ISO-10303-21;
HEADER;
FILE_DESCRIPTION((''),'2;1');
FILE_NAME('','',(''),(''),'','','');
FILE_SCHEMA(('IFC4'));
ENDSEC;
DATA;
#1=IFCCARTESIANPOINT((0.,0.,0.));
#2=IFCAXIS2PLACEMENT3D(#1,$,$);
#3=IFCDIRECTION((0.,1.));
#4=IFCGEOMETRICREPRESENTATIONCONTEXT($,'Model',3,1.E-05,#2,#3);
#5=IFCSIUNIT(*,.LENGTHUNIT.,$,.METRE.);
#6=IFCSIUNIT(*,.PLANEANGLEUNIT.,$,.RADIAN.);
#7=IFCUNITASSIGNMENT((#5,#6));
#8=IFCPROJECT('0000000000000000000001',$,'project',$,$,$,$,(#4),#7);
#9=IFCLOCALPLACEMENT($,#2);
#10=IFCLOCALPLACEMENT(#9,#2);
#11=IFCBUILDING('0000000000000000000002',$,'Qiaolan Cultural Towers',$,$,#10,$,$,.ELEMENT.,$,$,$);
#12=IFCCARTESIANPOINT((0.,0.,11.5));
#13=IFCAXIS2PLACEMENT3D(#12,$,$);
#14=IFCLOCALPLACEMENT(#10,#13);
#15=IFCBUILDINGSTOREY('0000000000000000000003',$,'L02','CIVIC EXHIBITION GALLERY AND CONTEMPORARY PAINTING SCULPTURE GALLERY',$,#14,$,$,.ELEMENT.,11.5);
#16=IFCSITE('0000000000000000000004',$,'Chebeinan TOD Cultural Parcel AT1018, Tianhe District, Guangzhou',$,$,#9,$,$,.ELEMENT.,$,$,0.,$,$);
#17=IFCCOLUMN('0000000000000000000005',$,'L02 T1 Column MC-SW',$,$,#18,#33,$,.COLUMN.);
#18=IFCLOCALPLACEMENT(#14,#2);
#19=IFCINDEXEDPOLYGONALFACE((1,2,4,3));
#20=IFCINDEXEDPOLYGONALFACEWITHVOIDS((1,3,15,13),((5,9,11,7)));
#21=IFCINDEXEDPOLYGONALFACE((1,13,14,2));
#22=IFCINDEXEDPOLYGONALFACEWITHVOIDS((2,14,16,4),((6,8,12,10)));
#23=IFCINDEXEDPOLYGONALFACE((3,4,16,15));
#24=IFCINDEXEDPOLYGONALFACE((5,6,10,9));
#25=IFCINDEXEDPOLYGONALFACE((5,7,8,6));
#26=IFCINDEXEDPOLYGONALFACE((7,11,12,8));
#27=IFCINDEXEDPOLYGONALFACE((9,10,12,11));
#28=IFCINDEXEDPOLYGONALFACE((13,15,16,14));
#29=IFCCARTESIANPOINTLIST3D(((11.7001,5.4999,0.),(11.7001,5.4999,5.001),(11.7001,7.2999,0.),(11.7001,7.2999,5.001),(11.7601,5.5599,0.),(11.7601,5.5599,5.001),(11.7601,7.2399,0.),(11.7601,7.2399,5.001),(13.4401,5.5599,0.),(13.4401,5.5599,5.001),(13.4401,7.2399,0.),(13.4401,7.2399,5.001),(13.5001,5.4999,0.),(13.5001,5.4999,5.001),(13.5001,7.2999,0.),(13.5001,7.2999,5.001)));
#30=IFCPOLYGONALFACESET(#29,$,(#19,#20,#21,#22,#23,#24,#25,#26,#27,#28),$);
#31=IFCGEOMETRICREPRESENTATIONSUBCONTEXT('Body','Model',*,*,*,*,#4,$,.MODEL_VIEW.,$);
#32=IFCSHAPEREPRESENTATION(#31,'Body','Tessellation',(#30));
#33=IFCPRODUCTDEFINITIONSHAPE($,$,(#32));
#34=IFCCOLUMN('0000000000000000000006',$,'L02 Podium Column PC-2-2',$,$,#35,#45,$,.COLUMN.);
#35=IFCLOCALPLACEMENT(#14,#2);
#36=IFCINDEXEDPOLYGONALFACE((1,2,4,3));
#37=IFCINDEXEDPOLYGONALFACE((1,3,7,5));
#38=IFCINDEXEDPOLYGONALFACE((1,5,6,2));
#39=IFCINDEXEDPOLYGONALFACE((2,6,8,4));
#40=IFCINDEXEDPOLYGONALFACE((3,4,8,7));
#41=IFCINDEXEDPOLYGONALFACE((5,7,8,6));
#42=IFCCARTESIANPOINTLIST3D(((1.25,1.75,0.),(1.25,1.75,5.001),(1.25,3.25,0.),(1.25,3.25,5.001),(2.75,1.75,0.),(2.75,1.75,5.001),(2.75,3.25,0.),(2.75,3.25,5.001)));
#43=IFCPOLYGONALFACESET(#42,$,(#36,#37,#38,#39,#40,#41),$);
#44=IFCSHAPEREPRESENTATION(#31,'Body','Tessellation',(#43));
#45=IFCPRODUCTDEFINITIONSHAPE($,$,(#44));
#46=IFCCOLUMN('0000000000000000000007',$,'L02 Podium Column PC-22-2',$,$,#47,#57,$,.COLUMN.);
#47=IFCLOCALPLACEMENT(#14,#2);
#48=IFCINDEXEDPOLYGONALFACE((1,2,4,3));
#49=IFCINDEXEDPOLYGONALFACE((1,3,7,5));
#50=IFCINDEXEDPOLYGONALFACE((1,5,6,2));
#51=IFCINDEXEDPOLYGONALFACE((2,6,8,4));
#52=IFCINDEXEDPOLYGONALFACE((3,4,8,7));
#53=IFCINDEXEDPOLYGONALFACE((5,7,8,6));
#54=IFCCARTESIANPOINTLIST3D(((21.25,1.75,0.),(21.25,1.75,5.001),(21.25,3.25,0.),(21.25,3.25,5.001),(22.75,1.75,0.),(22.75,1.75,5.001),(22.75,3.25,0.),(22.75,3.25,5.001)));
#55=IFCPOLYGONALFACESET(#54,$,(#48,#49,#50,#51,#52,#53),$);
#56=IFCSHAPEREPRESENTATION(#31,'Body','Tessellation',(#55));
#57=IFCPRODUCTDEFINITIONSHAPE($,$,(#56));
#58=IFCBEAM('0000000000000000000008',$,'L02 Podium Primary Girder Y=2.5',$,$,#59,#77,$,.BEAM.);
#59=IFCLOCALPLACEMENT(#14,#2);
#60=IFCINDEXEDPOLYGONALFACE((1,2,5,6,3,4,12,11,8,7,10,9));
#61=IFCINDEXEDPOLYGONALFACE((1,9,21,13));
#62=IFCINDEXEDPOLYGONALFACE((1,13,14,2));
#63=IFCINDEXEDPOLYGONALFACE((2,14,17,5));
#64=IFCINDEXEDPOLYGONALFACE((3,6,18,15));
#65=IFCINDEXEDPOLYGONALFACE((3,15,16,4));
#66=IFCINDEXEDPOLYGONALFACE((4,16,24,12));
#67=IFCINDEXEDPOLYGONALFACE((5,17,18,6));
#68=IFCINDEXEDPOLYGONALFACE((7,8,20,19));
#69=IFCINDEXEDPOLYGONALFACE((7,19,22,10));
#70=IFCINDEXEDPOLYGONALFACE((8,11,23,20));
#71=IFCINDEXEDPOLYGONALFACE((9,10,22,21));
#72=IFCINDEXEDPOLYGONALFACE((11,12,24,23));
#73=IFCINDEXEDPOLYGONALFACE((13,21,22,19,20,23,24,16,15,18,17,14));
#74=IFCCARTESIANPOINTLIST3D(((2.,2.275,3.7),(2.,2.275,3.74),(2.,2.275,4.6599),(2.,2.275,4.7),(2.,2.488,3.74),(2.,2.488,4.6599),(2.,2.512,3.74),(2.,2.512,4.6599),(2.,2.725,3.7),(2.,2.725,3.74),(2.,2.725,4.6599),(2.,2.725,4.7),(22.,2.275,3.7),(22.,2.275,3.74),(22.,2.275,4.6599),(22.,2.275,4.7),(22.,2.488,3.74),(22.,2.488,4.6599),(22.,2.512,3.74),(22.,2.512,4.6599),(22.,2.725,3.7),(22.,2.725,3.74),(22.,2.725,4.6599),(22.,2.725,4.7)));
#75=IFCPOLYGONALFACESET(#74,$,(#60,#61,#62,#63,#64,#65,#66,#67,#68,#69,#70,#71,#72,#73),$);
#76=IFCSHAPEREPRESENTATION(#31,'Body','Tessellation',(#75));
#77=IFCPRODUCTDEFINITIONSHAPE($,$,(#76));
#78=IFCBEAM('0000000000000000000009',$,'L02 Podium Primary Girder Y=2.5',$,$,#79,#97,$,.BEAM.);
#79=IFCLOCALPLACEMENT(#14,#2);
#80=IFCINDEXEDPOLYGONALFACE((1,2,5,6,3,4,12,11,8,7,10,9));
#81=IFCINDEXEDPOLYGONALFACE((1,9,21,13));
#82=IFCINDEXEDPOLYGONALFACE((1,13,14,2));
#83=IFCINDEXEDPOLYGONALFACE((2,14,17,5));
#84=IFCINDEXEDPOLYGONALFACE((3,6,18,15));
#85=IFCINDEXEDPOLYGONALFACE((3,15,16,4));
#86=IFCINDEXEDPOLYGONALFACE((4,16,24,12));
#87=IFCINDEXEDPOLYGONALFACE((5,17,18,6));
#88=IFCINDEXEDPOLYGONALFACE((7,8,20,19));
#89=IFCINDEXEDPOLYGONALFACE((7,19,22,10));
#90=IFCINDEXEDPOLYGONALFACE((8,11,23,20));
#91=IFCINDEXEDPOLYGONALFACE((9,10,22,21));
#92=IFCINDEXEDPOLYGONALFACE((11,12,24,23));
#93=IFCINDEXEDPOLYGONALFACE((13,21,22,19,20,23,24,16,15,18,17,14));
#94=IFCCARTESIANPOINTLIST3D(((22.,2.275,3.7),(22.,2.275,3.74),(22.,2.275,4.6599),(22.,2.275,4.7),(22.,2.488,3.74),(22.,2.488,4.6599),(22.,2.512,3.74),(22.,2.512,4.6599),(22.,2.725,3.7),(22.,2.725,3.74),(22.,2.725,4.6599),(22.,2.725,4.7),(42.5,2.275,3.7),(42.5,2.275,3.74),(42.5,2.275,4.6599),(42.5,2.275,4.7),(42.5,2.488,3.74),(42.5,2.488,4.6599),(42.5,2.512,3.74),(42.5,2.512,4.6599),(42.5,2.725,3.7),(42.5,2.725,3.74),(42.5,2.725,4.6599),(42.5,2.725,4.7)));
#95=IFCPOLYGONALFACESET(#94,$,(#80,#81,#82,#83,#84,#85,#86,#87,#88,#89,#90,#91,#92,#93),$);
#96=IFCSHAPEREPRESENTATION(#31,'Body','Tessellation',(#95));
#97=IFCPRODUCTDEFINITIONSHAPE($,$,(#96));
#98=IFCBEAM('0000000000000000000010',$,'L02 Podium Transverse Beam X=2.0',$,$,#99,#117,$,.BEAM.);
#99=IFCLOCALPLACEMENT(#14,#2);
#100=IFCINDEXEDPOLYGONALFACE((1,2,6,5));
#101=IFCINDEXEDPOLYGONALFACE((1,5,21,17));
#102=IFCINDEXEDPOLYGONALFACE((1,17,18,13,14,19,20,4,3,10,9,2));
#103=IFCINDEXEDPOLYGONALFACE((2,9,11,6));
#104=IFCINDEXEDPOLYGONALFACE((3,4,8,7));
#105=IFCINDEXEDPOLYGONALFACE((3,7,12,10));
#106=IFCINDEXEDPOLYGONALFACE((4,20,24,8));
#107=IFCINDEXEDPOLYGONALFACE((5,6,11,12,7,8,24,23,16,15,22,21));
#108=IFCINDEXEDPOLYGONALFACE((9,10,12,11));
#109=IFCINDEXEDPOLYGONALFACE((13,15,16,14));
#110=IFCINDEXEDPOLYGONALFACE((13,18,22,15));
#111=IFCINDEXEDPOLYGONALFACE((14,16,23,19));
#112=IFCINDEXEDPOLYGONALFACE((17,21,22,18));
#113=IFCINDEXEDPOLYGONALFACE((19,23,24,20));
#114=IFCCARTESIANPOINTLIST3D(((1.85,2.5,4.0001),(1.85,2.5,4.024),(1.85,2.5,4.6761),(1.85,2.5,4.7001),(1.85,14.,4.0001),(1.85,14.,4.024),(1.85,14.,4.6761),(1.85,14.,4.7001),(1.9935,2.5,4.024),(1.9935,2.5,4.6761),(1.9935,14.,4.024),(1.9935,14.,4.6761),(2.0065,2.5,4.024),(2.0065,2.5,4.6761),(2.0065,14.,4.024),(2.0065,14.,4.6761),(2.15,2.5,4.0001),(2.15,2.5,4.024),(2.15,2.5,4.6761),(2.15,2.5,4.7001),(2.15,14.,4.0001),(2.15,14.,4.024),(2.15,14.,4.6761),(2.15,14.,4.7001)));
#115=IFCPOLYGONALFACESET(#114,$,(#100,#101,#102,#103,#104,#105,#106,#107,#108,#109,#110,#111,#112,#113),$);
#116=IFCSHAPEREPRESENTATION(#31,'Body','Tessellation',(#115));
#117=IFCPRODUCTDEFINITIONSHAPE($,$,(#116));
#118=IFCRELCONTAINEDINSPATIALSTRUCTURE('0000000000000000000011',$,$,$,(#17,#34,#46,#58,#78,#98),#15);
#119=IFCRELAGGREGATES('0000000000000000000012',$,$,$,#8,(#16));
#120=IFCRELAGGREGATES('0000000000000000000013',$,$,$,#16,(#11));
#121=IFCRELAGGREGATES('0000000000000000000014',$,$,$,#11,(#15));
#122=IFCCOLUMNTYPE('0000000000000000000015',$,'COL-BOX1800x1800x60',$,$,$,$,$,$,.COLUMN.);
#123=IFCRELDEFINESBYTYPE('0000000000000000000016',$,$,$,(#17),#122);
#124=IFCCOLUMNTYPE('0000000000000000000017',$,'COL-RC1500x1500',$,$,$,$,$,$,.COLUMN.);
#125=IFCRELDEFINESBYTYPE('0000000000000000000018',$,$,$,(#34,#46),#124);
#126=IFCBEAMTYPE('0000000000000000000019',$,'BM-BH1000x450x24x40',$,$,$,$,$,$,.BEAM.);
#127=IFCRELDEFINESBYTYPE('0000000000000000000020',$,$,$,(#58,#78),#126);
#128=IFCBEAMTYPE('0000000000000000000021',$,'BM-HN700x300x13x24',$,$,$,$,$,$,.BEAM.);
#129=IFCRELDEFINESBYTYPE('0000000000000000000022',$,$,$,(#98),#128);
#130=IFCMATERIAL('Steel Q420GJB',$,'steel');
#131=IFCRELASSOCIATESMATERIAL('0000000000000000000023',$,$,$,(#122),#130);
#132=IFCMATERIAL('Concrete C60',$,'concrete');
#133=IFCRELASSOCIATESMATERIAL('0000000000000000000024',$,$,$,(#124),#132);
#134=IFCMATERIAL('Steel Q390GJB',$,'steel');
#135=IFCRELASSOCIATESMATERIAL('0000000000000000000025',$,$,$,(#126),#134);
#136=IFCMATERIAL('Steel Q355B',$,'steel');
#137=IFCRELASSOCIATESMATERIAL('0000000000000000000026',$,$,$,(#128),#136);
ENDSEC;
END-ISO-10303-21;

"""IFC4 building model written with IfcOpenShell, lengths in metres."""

from ifc_helpers import new_model, si_unit, direction, frame, origin, origin_2d, place, context, subcontext, project, spatial, rectangle, hollow_rectangle, i_section, extrude, material, material_profile, profile_set, type_object, element, save


model = new_model("IFC4")

# Units and contexts
model_context = context("Model", 3, precision=1e-05, world=origin(), true_north=direction((0.0, 1.0)))
body_context = subcontext(model_context, "Body", "Model", "MODEL_VIEW")
ifc_project = project(units=[si_unit("LENGTHUNIT", "METRE"), si_unit("PLANEANGLEUNIT", "RADIAN")], contexts=[model_context])

# Site, building, storey
site_placement = place(None, origin())
site = spatial("IfcSite", under=ifc_project, at=site_placement, Name="Chebeinan TOD Cultural Parcel AT1018, Tianhe District, Guangzhou", CompositionType="ELEMENT", RefElevation=0.0)
building_placement = place(site_placement, origin())
building = spatial("IfcBuilding", under=site, at=building_placement, Name="Qiaolan Cultural Towers", CompositionType="ELEMENT")
storey_placement = place(building_placement, frame((0.0, 0.0, 11.5)))
storey = spatial("IfcBuildingStorey", under=building, at=storey_placement, Name="L02", Description="CIVIC EXHIBITION GALLERY AND CONTEMPORARY PAINTING SCULPTURE GALLERY", CompositionType="ELEMENT", Elevation=11.5)

# Columns
ifc_material_1 = material(Name="Steel Q420GJB", Category="steel")
ifc_material_profile_1 = material_profile(ifc_material_1, hollow_rectangle(XDim=1.8, YDim=1.8, WallThickness=0.0601, at=origin_2d()), Name="BOX1800x1800x60")
ifc_profile_set_1 = profile_set([ifc_material_profile_1], Name="Steel Q420GJB")
column_type_1 = type_object("IfcColumnType", Name="COL-BOX1800x1800x60", PredefinedType="COLUMN", material=ifc_profile_set_1)
column_placement = place(storey_placement, frame((12.6001, 6.3999, 0.0), z_axis=(0.0, 0.0, 1.0), x_axis=(1.0, 0.0, 0.0)))
element("IfcColumn", 1, at=column_placement, inside=storey, type_object=column_type_1, Name="L02 T1 Column MC-SW", PredefinedType="COLUMN", context=body_context, shape_type="SweptSolid", body=[
    extrude(hollow_rectangle(XDim=1.8, YDim=1.8, WallThickness=0.0601, at=origin_2d()), origin(), (0.0, 0.0, 1.0), 5.001),
])
ifc_material_2 = material(Name="Concrete C60", Category="concrete")
ifc_material_profile_2 = material_profile(ifc_material_2, rectangle(XDim=1.5, YDim=1.5, at=origin_2d()), Name="RC1500x1500")
ifc_profile_set_2 = profile_set([ifc_material_profile_2], Name="Concrete C60")
column_type_2 = type_object("IfcColumnType", Name="COL-RC1500x1500", PredefinedType="COLUMN", material=ifc_profile_set_2)
for number, where, z_axis, x_axis, name in (
    (2, (2.0, 2.5, 0.0), (0.0, 0.0, 1.0), (1.0, 0.0, 0.0), "L02 Podium Column PC-2-2"),
    (3, (22.0, 2.5, 0.0), (0.0, 0.0, 1.0), (1.0, 0.0, 0.0), "L02 Podium Column PC-22-2"),
):
    element("IfcColumn", number, at=place(storey_placement, frame(where, z_axis=z_axis, x_axis=x_axis)), inside=storey, type_object=column_type_2, Name=name, PredefinedType="COLUMN", context=body_context, shape_type="SweptSolid", body=[
        extrude(rectangle(XDim=1.5, YDim=1.5, at=origin_2d()), origin(), (0.0, 0.0, 1.0), 5.001),
    ])

# Beams
ifc_material_3 = material(Name="Steel Q390GJB", Category="steel")
ifc_material_profile_3 = material_profile(ifc_material_3, i_section(OverallWidth=0.45, OverallDepth=1.0, WebThickness=0.0239, FlangeThickness=0.04, at=origin_2d()), Name="BH1000x450x24x40")
ifc_profile_set_3 = profile_set([ifc_material_profile_3], Name="Steel Q390GJB")
beam_type_1 = type_object("IfcBeamType", Name="BM-BH1000x450x24x40", PredefinedType="BEAM", material=ifc_profile_set_3)
beam_1_placement = place(storey_placement, frame((2.0, 2.5, 4.2), z_axis=(1.0, 0.0, 0.0), x_axis=(0.0, 1.0, 0.0)))
element("IfcBeam", 4, at=beam_1_placement, inside=storey, type_object=beam_type_1, Name="L02 Podium Primary Girder Y=2.5", PredefinedType="BEAM", context=body_context, shape_type="SweptSolid", body=[
    extrude(i_section(OverallWidth=0.45, OverallDepth=1.0, WebThickness=0.0239, FlangeThickness=0.04, at=origin_2d()), origin(), (0.0, 0.0, 1.0), 20.0),
])
beam_2_placement = place(storey_placement, frame((22.0, 2.5, 4.2), z_axis=(1.0, 0.0, 0.0), x_axis=(0.0, 1.0, 0.0)))
element("IfcBeam", 5, at=beam_2_placement, inside=storey, type_object=beam_type_1, Name="L02 Podium Primary Girder Y=2.5", PredefinedType="BEAM", context=body_context, shape_type="SweptSolid", body=[
    extrude(i_section(OverallWidth=0.45, OverallDepth=1.0, WebThickness=0.0239, FlangeThickness=0.04, at=origin_2d()), origin(), (0.0, 0.0, 1.0), 20.5),
])
ifc_material_4 = material(Name="Steel Q355B", Category="steel")
ifc_material_profile_4 = material_profile(ifc_material_4, i_section(OverallWidth=0.3, OverallDepth=0.7, WebThickness=0.0129, FlangeThickness=0.0239, at=origin_2d()), Name="HN700x300x13x24")
ifc_profile_set_4 = profile_set([ifc_material_profile_4], Name="Steel Q355B")
beam_type_2 = type_object("IfcBeamType", Name="BM-HN700x300x13x24", PredefinedType="BEAM", material=ifc_profile_set_4)
beam_3_placement = place(storey_placement, frame((2.0, 2.5, 4.3501), z_axis=(0.0, 1.0, 0.0), x_axis=(-1.0, 0.0, 0.0)))
element("IfcBeam", 6, at=beam_3_placement, inside=storey, type_object=beam_type_2, Name="L02 Podium Transverse Beam X=2.0", PredefinedType="BEAM", context=body_context, shape_type="SweptSolid", body=[
    extrude(i_section(OverallWidth=0.3, OverallDepth=0.7, WebThickness=0.0129, FlangeThickness=0.0239, at=origin_2d()), origin(), (0.0, 0.0, 1.0), 11.5),
])

save(model, "model.ifc")
